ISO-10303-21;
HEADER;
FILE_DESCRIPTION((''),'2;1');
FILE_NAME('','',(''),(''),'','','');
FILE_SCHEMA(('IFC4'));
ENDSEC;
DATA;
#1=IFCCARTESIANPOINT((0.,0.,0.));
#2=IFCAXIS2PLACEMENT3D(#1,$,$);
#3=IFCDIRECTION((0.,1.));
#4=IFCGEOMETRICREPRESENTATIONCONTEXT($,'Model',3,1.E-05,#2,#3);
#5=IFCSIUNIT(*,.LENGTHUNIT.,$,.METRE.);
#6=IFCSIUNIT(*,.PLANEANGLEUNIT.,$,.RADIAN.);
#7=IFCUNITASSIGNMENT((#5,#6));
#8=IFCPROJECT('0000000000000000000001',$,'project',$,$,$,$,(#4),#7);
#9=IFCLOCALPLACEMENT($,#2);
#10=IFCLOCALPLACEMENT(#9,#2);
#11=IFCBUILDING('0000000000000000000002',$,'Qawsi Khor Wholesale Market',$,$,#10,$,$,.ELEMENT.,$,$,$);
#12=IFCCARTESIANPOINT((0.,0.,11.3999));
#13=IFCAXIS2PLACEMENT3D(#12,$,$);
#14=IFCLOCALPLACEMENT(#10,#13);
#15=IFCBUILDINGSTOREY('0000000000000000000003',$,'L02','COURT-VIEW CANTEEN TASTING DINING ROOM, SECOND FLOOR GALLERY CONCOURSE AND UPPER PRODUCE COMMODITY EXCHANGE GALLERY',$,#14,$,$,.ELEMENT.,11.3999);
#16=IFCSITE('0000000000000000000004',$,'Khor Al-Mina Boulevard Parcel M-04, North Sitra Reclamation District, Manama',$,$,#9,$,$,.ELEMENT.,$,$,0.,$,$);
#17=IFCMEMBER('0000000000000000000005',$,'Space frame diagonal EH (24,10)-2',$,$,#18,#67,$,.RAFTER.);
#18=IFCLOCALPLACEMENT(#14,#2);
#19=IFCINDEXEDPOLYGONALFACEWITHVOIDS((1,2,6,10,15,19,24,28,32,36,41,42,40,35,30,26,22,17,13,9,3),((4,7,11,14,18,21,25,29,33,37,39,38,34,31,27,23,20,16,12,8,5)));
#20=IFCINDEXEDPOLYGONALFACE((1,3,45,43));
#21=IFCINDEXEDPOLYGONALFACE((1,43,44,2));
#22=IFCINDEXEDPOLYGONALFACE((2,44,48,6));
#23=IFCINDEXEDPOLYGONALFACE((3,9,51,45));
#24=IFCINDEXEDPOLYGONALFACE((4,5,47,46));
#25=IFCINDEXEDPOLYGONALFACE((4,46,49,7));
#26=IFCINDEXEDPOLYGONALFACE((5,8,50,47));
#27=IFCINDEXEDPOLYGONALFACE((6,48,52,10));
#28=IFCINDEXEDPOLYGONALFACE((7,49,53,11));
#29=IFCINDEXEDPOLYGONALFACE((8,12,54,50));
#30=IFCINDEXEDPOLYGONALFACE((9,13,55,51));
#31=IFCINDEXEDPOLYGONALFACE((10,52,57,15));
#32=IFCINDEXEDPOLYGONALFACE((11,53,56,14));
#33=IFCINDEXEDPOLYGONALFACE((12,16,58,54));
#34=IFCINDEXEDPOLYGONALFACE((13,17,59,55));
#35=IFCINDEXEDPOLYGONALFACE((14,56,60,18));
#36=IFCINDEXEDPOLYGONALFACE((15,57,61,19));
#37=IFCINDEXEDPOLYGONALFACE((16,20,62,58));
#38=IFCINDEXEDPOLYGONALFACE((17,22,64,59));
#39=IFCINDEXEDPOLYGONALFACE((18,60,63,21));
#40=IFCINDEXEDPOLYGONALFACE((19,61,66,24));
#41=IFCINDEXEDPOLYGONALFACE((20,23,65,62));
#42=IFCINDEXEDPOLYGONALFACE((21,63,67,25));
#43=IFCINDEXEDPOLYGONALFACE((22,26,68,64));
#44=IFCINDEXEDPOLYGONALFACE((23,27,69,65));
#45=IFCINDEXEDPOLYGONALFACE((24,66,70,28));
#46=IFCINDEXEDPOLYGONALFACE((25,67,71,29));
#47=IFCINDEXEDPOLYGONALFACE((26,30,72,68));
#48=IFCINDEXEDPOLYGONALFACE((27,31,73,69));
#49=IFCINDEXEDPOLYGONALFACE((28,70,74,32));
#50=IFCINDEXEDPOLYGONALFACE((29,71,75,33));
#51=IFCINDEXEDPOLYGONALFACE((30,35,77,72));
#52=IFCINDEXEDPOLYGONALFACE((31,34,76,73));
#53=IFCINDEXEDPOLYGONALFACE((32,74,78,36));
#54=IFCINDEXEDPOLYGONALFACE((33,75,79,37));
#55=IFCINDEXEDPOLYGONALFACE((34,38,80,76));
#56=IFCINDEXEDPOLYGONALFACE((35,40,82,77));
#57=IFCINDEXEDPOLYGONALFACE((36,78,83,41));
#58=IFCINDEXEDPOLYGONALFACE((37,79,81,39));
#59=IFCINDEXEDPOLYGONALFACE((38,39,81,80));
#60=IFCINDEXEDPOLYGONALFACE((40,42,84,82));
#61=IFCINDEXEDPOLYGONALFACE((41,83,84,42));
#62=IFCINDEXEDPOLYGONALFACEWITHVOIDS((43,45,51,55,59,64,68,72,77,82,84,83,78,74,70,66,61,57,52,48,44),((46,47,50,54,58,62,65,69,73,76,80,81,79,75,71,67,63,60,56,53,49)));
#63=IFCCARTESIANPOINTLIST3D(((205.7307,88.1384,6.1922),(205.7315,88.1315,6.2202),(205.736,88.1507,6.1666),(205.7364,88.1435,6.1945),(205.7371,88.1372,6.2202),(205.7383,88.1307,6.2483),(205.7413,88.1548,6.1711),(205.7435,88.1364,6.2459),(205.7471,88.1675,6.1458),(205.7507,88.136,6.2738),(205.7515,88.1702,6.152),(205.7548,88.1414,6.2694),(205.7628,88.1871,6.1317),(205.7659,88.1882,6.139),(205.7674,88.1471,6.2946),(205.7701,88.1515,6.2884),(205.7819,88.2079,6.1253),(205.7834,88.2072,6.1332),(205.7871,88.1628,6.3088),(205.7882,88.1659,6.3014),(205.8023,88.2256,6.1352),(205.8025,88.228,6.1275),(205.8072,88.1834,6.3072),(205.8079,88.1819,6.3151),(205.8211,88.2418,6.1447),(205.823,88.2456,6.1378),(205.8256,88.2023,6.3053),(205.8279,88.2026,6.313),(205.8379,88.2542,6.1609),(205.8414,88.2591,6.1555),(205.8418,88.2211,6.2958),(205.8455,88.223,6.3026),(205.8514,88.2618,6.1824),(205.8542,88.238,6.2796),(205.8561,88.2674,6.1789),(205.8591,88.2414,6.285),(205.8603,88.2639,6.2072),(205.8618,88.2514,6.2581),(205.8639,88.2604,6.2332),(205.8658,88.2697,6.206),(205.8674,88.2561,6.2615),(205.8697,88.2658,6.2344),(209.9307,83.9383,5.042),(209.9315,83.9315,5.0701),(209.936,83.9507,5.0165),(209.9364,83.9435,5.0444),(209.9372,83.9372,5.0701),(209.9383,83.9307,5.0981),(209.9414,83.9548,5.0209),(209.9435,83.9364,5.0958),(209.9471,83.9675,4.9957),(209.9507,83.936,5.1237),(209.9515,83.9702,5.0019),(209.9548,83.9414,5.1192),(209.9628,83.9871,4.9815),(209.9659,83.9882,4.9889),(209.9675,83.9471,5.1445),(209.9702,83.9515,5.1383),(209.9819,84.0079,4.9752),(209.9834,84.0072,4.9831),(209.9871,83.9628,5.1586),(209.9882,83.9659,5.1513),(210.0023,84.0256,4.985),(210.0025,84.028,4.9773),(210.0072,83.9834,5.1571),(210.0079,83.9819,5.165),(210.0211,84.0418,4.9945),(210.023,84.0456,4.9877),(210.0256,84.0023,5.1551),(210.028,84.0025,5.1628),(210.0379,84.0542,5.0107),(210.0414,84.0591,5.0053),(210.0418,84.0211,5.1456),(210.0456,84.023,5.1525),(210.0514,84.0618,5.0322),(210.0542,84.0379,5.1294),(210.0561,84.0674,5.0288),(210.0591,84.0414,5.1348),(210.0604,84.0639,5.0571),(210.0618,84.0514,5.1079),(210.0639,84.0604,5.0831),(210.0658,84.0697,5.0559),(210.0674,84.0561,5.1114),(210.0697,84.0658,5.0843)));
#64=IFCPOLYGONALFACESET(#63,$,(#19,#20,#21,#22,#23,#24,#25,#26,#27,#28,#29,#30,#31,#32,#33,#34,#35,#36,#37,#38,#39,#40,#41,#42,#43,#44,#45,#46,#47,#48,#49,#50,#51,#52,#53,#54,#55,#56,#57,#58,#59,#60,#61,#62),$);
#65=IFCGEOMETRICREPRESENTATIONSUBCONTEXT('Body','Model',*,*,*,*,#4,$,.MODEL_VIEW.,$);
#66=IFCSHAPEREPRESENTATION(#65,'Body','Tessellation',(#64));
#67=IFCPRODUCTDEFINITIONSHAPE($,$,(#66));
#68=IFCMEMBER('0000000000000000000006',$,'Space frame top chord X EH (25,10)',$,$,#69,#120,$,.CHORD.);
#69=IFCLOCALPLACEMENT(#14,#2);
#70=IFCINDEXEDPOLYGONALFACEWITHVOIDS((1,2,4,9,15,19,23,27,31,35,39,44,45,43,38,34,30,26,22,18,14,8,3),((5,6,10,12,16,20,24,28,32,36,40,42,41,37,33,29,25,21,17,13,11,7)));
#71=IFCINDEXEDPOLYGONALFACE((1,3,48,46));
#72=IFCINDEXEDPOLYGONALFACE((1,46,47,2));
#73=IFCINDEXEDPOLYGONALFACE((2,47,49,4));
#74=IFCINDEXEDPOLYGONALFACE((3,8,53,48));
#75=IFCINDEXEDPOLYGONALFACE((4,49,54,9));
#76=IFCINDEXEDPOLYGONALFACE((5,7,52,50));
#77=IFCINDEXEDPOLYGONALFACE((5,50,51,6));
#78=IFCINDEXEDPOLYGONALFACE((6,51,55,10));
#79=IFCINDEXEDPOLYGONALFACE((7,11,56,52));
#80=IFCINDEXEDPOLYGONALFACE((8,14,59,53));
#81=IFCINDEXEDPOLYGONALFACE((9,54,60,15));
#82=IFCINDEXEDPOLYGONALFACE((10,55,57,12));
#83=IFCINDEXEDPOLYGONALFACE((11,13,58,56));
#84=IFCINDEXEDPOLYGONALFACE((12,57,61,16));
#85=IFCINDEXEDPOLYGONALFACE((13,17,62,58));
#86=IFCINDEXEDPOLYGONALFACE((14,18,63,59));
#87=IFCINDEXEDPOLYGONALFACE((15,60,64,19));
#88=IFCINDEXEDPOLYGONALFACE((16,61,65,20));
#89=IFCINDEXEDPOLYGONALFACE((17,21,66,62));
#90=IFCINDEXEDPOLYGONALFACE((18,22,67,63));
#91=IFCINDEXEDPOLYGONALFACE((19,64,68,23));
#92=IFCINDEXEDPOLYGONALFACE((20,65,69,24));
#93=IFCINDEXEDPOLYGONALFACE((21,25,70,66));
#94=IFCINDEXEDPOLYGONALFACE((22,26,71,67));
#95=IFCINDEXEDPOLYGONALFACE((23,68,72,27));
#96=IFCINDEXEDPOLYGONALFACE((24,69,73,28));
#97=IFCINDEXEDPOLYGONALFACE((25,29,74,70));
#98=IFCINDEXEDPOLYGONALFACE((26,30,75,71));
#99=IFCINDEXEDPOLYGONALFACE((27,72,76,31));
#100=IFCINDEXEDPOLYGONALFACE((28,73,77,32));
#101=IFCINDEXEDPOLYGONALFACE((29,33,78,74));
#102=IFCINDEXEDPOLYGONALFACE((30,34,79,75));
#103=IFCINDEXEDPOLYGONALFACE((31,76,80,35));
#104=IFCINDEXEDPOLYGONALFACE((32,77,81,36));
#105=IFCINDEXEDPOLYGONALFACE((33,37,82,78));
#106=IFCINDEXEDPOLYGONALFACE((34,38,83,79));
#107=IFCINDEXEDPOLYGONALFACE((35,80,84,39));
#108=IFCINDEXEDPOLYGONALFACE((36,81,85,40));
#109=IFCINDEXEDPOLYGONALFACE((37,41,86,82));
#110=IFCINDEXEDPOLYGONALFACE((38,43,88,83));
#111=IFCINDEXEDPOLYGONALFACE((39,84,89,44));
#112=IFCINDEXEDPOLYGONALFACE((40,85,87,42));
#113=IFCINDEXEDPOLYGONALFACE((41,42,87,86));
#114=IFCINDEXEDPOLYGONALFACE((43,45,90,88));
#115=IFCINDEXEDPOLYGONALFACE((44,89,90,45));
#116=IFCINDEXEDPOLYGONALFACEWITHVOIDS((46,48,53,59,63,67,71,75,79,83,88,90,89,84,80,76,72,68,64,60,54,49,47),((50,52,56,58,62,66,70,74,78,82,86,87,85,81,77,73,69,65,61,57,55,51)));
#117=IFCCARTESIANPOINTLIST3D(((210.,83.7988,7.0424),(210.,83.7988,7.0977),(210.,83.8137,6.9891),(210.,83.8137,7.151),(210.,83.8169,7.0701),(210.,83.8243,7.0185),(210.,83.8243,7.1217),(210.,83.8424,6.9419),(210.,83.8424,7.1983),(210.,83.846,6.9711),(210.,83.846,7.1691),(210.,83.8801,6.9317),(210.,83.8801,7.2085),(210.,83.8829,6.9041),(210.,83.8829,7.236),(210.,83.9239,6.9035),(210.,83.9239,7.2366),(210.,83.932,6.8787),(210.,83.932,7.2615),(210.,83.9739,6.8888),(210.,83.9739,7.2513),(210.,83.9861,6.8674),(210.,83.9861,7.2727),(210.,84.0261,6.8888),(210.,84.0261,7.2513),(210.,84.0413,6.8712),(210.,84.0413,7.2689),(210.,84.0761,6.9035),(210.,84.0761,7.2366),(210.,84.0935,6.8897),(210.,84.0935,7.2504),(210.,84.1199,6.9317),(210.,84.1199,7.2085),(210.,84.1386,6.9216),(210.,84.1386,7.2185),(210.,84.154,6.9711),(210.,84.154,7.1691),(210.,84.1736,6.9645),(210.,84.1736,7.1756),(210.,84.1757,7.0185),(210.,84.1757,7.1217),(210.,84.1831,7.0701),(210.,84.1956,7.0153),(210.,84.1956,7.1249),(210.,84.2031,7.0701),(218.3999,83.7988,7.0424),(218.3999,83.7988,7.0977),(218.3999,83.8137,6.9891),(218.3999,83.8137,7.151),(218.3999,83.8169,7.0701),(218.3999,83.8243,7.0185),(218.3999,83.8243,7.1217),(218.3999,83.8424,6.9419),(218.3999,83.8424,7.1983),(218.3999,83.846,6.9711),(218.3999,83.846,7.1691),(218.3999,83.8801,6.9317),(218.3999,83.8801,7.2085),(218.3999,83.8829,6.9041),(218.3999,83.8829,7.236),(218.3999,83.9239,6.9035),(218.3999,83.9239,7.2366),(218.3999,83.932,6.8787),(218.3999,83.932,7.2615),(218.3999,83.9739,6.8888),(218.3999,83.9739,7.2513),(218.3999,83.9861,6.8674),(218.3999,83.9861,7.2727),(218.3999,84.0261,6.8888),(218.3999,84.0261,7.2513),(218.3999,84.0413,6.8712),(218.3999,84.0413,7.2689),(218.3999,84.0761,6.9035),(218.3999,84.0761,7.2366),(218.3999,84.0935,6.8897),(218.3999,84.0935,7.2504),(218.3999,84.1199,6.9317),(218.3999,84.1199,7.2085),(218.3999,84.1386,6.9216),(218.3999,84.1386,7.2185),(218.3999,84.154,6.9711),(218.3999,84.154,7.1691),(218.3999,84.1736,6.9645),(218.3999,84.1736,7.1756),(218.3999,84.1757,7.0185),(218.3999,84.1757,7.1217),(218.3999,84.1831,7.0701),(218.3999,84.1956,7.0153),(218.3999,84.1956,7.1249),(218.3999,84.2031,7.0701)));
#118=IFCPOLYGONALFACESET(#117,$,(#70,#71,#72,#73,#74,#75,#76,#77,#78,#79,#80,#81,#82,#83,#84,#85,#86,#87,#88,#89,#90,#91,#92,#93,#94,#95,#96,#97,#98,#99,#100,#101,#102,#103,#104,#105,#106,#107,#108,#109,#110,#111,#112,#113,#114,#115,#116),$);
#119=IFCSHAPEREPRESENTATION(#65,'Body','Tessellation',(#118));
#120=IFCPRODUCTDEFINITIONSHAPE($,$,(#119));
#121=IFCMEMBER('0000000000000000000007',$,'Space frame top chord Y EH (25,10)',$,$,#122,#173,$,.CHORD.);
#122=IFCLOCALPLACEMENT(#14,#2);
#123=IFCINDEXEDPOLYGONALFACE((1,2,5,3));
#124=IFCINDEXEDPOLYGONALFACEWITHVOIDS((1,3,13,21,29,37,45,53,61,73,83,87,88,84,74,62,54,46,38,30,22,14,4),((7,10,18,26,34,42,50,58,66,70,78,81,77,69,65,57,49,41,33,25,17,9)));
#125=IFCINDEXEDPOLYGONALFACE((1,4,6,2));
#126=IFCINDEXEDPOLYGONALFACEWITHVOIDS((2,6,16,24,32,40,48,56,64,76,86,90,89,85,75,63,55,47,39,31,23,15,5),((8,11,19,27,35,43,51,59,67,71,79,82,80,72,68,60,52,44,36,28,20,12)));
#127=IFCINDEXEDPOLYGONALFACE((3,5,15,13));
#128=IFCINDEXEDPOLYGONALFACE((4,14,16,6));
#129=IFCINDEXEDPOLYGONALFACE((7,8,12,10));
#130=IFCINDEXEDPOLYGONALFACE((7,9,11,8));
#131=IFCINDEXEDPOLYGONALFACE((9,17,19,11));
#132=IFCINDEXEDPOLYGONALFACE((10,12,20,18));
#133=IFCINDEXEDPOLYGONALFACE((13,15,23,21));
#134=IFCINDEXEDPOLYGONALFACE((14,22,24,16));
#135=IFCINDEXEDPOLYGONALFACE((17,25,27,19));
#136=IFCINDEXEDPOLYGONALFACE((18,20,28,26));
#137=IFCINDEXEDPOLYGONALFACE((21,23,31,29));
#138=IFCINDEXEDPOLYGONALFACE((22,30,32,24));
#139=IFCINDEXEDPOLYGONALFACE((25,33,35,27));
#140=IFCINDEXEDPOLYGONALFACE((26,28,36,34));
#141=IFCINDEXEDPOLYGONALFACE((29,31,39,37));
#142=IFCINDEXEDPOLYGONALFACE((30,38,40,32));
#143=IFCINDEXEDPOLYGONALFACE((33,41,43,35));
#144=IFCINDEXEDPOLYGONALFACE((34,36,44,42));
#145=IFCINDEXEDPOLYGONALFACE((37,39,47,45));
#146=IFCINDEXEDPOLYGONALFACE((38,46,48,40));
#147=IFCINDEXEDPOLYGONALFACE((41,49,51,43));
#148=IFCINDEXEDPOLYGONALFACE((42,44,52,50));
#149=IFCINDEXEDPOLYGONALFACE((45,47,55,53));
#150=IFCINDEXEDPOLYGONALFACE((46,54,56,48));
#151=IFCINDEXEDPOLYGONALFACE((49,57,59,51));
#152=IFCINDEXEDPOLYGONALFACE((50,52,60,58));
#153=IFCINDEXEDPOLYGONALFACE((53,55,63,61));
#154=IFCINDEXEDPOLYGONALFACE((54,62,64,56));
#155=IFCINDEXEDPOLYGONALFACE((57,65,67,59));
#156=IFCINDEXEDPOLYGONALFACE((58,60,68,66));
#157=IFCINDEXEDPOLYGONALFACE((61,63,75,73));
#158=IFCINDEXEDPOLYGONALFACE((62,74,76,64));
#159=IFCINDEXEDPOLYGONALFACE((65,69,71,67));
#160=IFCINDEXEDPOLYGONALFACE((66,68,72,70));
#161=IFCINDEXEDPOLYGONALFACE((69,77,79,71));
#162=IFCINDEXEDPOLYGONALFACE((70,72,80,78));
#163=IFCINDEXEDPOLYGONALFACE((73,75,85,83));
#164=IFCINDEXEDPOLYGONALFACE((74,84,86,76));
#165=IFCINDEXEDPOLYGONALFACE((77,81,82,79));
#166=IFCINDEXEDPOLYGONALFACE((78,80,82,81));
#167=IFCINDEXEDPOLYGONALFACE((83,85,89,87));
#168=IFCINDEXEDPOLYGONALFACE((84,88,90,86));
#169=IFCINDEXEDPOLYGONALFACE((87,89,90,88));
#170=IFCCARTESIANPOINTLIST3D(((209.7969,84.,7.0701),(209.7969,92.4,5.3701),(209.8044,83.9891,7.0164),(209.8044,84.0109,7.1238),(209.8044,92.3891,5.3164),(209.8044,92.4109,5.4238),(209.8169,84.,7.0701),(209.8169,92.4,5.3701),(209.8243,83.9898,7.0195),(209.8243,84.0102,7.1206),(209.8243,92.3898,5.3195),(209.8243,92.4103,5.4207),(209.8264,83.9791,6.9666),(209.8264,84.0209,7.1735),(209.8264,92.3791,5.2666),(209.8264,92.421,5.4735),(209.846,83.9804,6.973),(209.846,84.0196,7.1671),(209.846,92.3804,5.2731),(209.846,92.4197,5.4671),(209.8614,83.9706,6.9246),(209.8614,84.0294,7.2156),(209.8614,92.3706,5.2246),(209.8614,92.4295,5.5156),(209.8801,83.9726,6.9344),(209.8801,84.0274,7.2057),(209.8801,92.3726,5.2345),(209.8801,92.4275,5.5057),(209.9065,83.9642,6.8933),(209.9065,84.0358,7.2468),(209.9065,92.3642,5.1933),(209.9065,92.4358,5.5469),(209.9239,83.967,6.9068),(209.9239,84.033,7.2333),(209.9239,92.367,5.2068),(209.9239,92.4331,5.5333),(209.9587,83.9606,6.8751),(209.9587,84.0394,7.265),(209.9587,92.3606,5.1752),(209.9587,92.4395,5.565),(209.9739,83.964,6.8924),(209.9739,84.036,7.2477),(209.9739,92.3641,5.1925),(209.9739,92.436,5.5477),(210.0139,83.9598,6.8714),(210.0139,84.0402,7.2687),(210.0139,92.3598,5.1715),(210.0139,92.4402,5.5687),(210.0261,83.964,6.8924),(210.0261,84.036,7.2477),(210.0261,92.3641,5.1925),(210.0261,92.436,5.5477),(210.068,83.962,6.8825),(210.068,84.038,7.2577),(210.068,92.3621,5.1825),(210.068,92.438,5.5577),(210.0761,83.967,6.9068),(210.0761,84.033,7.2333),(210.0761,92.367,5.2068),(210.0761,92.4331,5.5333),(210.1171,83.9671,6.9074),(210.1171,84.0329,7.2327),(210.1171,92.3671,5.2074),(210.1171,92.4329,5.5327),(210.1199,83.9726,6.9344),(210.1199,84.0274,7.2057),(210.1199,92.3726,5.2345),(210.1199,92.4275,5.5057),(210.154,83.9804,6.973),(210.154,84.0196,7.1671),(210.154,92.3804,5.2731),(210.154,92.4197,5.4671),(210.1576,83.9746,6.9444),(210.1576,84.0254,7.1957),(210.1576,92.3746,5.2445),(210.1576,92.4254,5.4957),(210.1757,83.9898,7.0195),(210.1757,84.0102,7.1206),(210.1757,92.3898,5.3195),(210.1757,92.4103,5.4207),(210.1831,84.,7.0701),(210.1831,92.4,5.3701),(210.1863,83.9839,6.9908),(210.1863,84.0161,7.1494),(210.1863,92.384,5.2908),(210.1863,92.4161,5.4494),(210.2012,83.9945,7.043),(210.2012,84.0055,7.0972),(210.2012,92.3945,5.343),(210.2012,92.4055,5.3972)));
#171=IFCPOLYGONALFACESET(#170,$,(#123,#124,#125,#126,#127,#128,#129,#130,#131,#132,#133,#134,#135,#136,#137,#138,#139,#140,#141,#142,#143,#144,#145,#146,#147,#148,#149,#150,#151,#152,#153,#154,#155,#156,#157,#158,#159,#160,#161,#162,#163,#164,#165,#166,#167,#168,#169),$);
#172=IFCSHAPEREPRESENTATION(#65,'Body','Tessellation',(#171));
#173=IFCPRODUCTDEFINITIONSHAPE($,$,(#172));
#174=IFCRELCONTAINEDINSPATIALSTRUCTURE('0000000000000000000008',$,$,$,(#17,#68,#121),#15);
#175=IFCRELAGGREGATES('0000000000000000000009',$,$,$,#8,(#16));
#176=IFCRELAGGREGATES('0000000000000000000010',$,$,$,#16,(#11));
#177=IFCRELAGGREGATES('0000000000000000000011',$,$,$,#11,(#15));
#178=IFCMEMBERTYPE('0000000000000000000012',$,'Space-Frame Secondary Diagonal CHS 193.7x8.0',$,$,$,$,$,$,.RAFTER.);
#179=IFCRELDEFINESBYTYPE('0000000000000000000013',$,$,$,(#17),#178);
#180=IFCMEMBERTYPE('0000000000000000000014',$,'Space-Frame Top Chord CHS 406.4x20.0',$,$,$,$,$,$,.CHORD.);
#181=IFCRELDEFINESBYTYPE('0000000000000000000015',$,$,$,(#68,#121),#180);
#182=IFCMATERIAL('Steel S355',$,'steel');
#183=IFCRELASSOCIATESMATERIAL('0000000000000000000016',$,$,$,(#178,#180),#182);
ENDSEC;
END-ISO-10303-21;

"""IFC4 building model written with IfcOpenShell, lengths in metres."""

from ifc_helpers import new_model, si_unit, direction, frame, origin, origin_2d, place, context, subcontext, project, spatial, hollow_circle, extrude, material, material_profile, profile_set, type_object, element, save


model = new_model("IFC4")

# Units and contexts
model_context = context("Model", 3, precision=1e-05, world=origin(), true_north=direction((0.0, 1.0)))
body_context = subcontext(model_context, "Body", "Model", "MODEL_VIEW")
ifc_project = project(units=[si_unit("LENGTHUNIT", "METRE"), si_unit("PLANEANGLEUNIT", "RADIAN")], contexts=[model_context])

# Site, building, storey
site_placement = place(None, origin())
site = spatial("IfcSite", under=ifc_project, at=site_placement, Name="Khor Al-Mina Boulevard Parcel M-04, North Sitra Reclamation District, Manama", CompositionType="ELEMENT", RefElevation=0.0)
building_placement = place(site_placement, origin())
building = spatial("IfcBuilding", under=site, at=building_placement, Name="Qawsi Khor Wholesale Market", CompositionType="ELEMENT")
storey_placement = place(building_placement, frame((0.0, 0.0, 11.3999)))
storey = spatial("IfcBuildingStorey", under=building, at=storey_placement, Name="L02", Description="COURT-VIEW CANTEEN TASTING DINING ROOM, SECOND FLOOR GALLERY CONCOURSE AND UPPER PRODUCE COMMODITY EXCHANGE GALLERY", CompositionType="ELEMENT", Elevation=11.3999)

# Members
ifc_material_1 = material(Name="Steel S355", Category="steel")
ifc_material_profile_1 = material_profile(ifc_material_1, hollow_circle(Radius=0.0969, WallThickness=0.0081, at=origin_2d()), Name="CHS 193.7x8.0")
ifc_profile_set_1 = profile_set([ifc_material_profile_1], Name="Steel S355")
member_type_1 = type_object("IfcMemberType", Name="Space-Frame Secondary Diagonal CHS 193.7x8.0", PredefinedType="RAFTER", material=ifc_profile_set_1)
member_1_placement = place(storey_placement, frame((210.0, 84.0, 5.0701), z_axis=(-0.694211, 0.694211, 0.190108), x_axis=(-0.707107, -0.707107, 0.0)))
element("IfcMember", 1, at=member_1_placement, inside=storey, type_object=member_type_1, Name="Space frame diagonal EH (24,10)-2", PredefinedType="RAFTER", context=body_context, shape_type="SweptSolid", body=[
    extrude(hollow_circle(Radius=0.0969, WallThickness=0.0081, at=origin_2d()), origin(), (0.0, 0.0, 1.0), 6.05),
])
ifc_material_profile_2 = material_profile(ifc_material_1, hollow_circle(Radius=0.2031, WallThickness=0.02, at=origin_2d()), Name="CHS 406.4x20.0")
ifc_profile_set_2 = profile_set([ifc_material_profile_2], Name="Steel S355")
member_type_2 = type_object("IfcMemberType", Name="Space-Frame Top Chord CHS 406.4x20.0", PredefinedType="CHORD", material=ifc_profile_set_2)
member_2_placement = place(storey_placement, frame((210.0, 84.0, 7.0701), z_axis=(1.0, 0.0, 0.0), x_axis=(0.0, 1.0, 0.0)))
element("IfcMember", 2, at=member_2_placement, inside=storey, type_object=member_type_2, Name="Space frame top chord X EH (25,10)", PredefinedType="CHORD", context=body_context, shape_type="SweptSolid", body=[
    extrude(hollow_circle(Radius=0.2031, WallThickness=0.02, at=origin_2d()), origin(), (0.0, 0.0, 1.0), 8.3999),
])
member_3_placement = place(storey_placement, frame((210.0, 84.0, 7.0701), z_axis=(0.0, 0.98013, -0.198356), x_axis=(-1.0, 0.0, 0.0)))
element("IfcMember", 3, at=member_3_placement, inside=storey, type_object=member_type_2, Name="Space frame top chord Y EH (25,10)", PredefinedType="CHORD", context=body_context, shape_type="SweptSolid", body=[
    extrude(hollow_circle(Radius=0.2031, WallThickness=0.02, at=origin_2d()), origin(), (0.0, 0.0, 1.0), 8.5703),
])

save(model, "model.ifc")
